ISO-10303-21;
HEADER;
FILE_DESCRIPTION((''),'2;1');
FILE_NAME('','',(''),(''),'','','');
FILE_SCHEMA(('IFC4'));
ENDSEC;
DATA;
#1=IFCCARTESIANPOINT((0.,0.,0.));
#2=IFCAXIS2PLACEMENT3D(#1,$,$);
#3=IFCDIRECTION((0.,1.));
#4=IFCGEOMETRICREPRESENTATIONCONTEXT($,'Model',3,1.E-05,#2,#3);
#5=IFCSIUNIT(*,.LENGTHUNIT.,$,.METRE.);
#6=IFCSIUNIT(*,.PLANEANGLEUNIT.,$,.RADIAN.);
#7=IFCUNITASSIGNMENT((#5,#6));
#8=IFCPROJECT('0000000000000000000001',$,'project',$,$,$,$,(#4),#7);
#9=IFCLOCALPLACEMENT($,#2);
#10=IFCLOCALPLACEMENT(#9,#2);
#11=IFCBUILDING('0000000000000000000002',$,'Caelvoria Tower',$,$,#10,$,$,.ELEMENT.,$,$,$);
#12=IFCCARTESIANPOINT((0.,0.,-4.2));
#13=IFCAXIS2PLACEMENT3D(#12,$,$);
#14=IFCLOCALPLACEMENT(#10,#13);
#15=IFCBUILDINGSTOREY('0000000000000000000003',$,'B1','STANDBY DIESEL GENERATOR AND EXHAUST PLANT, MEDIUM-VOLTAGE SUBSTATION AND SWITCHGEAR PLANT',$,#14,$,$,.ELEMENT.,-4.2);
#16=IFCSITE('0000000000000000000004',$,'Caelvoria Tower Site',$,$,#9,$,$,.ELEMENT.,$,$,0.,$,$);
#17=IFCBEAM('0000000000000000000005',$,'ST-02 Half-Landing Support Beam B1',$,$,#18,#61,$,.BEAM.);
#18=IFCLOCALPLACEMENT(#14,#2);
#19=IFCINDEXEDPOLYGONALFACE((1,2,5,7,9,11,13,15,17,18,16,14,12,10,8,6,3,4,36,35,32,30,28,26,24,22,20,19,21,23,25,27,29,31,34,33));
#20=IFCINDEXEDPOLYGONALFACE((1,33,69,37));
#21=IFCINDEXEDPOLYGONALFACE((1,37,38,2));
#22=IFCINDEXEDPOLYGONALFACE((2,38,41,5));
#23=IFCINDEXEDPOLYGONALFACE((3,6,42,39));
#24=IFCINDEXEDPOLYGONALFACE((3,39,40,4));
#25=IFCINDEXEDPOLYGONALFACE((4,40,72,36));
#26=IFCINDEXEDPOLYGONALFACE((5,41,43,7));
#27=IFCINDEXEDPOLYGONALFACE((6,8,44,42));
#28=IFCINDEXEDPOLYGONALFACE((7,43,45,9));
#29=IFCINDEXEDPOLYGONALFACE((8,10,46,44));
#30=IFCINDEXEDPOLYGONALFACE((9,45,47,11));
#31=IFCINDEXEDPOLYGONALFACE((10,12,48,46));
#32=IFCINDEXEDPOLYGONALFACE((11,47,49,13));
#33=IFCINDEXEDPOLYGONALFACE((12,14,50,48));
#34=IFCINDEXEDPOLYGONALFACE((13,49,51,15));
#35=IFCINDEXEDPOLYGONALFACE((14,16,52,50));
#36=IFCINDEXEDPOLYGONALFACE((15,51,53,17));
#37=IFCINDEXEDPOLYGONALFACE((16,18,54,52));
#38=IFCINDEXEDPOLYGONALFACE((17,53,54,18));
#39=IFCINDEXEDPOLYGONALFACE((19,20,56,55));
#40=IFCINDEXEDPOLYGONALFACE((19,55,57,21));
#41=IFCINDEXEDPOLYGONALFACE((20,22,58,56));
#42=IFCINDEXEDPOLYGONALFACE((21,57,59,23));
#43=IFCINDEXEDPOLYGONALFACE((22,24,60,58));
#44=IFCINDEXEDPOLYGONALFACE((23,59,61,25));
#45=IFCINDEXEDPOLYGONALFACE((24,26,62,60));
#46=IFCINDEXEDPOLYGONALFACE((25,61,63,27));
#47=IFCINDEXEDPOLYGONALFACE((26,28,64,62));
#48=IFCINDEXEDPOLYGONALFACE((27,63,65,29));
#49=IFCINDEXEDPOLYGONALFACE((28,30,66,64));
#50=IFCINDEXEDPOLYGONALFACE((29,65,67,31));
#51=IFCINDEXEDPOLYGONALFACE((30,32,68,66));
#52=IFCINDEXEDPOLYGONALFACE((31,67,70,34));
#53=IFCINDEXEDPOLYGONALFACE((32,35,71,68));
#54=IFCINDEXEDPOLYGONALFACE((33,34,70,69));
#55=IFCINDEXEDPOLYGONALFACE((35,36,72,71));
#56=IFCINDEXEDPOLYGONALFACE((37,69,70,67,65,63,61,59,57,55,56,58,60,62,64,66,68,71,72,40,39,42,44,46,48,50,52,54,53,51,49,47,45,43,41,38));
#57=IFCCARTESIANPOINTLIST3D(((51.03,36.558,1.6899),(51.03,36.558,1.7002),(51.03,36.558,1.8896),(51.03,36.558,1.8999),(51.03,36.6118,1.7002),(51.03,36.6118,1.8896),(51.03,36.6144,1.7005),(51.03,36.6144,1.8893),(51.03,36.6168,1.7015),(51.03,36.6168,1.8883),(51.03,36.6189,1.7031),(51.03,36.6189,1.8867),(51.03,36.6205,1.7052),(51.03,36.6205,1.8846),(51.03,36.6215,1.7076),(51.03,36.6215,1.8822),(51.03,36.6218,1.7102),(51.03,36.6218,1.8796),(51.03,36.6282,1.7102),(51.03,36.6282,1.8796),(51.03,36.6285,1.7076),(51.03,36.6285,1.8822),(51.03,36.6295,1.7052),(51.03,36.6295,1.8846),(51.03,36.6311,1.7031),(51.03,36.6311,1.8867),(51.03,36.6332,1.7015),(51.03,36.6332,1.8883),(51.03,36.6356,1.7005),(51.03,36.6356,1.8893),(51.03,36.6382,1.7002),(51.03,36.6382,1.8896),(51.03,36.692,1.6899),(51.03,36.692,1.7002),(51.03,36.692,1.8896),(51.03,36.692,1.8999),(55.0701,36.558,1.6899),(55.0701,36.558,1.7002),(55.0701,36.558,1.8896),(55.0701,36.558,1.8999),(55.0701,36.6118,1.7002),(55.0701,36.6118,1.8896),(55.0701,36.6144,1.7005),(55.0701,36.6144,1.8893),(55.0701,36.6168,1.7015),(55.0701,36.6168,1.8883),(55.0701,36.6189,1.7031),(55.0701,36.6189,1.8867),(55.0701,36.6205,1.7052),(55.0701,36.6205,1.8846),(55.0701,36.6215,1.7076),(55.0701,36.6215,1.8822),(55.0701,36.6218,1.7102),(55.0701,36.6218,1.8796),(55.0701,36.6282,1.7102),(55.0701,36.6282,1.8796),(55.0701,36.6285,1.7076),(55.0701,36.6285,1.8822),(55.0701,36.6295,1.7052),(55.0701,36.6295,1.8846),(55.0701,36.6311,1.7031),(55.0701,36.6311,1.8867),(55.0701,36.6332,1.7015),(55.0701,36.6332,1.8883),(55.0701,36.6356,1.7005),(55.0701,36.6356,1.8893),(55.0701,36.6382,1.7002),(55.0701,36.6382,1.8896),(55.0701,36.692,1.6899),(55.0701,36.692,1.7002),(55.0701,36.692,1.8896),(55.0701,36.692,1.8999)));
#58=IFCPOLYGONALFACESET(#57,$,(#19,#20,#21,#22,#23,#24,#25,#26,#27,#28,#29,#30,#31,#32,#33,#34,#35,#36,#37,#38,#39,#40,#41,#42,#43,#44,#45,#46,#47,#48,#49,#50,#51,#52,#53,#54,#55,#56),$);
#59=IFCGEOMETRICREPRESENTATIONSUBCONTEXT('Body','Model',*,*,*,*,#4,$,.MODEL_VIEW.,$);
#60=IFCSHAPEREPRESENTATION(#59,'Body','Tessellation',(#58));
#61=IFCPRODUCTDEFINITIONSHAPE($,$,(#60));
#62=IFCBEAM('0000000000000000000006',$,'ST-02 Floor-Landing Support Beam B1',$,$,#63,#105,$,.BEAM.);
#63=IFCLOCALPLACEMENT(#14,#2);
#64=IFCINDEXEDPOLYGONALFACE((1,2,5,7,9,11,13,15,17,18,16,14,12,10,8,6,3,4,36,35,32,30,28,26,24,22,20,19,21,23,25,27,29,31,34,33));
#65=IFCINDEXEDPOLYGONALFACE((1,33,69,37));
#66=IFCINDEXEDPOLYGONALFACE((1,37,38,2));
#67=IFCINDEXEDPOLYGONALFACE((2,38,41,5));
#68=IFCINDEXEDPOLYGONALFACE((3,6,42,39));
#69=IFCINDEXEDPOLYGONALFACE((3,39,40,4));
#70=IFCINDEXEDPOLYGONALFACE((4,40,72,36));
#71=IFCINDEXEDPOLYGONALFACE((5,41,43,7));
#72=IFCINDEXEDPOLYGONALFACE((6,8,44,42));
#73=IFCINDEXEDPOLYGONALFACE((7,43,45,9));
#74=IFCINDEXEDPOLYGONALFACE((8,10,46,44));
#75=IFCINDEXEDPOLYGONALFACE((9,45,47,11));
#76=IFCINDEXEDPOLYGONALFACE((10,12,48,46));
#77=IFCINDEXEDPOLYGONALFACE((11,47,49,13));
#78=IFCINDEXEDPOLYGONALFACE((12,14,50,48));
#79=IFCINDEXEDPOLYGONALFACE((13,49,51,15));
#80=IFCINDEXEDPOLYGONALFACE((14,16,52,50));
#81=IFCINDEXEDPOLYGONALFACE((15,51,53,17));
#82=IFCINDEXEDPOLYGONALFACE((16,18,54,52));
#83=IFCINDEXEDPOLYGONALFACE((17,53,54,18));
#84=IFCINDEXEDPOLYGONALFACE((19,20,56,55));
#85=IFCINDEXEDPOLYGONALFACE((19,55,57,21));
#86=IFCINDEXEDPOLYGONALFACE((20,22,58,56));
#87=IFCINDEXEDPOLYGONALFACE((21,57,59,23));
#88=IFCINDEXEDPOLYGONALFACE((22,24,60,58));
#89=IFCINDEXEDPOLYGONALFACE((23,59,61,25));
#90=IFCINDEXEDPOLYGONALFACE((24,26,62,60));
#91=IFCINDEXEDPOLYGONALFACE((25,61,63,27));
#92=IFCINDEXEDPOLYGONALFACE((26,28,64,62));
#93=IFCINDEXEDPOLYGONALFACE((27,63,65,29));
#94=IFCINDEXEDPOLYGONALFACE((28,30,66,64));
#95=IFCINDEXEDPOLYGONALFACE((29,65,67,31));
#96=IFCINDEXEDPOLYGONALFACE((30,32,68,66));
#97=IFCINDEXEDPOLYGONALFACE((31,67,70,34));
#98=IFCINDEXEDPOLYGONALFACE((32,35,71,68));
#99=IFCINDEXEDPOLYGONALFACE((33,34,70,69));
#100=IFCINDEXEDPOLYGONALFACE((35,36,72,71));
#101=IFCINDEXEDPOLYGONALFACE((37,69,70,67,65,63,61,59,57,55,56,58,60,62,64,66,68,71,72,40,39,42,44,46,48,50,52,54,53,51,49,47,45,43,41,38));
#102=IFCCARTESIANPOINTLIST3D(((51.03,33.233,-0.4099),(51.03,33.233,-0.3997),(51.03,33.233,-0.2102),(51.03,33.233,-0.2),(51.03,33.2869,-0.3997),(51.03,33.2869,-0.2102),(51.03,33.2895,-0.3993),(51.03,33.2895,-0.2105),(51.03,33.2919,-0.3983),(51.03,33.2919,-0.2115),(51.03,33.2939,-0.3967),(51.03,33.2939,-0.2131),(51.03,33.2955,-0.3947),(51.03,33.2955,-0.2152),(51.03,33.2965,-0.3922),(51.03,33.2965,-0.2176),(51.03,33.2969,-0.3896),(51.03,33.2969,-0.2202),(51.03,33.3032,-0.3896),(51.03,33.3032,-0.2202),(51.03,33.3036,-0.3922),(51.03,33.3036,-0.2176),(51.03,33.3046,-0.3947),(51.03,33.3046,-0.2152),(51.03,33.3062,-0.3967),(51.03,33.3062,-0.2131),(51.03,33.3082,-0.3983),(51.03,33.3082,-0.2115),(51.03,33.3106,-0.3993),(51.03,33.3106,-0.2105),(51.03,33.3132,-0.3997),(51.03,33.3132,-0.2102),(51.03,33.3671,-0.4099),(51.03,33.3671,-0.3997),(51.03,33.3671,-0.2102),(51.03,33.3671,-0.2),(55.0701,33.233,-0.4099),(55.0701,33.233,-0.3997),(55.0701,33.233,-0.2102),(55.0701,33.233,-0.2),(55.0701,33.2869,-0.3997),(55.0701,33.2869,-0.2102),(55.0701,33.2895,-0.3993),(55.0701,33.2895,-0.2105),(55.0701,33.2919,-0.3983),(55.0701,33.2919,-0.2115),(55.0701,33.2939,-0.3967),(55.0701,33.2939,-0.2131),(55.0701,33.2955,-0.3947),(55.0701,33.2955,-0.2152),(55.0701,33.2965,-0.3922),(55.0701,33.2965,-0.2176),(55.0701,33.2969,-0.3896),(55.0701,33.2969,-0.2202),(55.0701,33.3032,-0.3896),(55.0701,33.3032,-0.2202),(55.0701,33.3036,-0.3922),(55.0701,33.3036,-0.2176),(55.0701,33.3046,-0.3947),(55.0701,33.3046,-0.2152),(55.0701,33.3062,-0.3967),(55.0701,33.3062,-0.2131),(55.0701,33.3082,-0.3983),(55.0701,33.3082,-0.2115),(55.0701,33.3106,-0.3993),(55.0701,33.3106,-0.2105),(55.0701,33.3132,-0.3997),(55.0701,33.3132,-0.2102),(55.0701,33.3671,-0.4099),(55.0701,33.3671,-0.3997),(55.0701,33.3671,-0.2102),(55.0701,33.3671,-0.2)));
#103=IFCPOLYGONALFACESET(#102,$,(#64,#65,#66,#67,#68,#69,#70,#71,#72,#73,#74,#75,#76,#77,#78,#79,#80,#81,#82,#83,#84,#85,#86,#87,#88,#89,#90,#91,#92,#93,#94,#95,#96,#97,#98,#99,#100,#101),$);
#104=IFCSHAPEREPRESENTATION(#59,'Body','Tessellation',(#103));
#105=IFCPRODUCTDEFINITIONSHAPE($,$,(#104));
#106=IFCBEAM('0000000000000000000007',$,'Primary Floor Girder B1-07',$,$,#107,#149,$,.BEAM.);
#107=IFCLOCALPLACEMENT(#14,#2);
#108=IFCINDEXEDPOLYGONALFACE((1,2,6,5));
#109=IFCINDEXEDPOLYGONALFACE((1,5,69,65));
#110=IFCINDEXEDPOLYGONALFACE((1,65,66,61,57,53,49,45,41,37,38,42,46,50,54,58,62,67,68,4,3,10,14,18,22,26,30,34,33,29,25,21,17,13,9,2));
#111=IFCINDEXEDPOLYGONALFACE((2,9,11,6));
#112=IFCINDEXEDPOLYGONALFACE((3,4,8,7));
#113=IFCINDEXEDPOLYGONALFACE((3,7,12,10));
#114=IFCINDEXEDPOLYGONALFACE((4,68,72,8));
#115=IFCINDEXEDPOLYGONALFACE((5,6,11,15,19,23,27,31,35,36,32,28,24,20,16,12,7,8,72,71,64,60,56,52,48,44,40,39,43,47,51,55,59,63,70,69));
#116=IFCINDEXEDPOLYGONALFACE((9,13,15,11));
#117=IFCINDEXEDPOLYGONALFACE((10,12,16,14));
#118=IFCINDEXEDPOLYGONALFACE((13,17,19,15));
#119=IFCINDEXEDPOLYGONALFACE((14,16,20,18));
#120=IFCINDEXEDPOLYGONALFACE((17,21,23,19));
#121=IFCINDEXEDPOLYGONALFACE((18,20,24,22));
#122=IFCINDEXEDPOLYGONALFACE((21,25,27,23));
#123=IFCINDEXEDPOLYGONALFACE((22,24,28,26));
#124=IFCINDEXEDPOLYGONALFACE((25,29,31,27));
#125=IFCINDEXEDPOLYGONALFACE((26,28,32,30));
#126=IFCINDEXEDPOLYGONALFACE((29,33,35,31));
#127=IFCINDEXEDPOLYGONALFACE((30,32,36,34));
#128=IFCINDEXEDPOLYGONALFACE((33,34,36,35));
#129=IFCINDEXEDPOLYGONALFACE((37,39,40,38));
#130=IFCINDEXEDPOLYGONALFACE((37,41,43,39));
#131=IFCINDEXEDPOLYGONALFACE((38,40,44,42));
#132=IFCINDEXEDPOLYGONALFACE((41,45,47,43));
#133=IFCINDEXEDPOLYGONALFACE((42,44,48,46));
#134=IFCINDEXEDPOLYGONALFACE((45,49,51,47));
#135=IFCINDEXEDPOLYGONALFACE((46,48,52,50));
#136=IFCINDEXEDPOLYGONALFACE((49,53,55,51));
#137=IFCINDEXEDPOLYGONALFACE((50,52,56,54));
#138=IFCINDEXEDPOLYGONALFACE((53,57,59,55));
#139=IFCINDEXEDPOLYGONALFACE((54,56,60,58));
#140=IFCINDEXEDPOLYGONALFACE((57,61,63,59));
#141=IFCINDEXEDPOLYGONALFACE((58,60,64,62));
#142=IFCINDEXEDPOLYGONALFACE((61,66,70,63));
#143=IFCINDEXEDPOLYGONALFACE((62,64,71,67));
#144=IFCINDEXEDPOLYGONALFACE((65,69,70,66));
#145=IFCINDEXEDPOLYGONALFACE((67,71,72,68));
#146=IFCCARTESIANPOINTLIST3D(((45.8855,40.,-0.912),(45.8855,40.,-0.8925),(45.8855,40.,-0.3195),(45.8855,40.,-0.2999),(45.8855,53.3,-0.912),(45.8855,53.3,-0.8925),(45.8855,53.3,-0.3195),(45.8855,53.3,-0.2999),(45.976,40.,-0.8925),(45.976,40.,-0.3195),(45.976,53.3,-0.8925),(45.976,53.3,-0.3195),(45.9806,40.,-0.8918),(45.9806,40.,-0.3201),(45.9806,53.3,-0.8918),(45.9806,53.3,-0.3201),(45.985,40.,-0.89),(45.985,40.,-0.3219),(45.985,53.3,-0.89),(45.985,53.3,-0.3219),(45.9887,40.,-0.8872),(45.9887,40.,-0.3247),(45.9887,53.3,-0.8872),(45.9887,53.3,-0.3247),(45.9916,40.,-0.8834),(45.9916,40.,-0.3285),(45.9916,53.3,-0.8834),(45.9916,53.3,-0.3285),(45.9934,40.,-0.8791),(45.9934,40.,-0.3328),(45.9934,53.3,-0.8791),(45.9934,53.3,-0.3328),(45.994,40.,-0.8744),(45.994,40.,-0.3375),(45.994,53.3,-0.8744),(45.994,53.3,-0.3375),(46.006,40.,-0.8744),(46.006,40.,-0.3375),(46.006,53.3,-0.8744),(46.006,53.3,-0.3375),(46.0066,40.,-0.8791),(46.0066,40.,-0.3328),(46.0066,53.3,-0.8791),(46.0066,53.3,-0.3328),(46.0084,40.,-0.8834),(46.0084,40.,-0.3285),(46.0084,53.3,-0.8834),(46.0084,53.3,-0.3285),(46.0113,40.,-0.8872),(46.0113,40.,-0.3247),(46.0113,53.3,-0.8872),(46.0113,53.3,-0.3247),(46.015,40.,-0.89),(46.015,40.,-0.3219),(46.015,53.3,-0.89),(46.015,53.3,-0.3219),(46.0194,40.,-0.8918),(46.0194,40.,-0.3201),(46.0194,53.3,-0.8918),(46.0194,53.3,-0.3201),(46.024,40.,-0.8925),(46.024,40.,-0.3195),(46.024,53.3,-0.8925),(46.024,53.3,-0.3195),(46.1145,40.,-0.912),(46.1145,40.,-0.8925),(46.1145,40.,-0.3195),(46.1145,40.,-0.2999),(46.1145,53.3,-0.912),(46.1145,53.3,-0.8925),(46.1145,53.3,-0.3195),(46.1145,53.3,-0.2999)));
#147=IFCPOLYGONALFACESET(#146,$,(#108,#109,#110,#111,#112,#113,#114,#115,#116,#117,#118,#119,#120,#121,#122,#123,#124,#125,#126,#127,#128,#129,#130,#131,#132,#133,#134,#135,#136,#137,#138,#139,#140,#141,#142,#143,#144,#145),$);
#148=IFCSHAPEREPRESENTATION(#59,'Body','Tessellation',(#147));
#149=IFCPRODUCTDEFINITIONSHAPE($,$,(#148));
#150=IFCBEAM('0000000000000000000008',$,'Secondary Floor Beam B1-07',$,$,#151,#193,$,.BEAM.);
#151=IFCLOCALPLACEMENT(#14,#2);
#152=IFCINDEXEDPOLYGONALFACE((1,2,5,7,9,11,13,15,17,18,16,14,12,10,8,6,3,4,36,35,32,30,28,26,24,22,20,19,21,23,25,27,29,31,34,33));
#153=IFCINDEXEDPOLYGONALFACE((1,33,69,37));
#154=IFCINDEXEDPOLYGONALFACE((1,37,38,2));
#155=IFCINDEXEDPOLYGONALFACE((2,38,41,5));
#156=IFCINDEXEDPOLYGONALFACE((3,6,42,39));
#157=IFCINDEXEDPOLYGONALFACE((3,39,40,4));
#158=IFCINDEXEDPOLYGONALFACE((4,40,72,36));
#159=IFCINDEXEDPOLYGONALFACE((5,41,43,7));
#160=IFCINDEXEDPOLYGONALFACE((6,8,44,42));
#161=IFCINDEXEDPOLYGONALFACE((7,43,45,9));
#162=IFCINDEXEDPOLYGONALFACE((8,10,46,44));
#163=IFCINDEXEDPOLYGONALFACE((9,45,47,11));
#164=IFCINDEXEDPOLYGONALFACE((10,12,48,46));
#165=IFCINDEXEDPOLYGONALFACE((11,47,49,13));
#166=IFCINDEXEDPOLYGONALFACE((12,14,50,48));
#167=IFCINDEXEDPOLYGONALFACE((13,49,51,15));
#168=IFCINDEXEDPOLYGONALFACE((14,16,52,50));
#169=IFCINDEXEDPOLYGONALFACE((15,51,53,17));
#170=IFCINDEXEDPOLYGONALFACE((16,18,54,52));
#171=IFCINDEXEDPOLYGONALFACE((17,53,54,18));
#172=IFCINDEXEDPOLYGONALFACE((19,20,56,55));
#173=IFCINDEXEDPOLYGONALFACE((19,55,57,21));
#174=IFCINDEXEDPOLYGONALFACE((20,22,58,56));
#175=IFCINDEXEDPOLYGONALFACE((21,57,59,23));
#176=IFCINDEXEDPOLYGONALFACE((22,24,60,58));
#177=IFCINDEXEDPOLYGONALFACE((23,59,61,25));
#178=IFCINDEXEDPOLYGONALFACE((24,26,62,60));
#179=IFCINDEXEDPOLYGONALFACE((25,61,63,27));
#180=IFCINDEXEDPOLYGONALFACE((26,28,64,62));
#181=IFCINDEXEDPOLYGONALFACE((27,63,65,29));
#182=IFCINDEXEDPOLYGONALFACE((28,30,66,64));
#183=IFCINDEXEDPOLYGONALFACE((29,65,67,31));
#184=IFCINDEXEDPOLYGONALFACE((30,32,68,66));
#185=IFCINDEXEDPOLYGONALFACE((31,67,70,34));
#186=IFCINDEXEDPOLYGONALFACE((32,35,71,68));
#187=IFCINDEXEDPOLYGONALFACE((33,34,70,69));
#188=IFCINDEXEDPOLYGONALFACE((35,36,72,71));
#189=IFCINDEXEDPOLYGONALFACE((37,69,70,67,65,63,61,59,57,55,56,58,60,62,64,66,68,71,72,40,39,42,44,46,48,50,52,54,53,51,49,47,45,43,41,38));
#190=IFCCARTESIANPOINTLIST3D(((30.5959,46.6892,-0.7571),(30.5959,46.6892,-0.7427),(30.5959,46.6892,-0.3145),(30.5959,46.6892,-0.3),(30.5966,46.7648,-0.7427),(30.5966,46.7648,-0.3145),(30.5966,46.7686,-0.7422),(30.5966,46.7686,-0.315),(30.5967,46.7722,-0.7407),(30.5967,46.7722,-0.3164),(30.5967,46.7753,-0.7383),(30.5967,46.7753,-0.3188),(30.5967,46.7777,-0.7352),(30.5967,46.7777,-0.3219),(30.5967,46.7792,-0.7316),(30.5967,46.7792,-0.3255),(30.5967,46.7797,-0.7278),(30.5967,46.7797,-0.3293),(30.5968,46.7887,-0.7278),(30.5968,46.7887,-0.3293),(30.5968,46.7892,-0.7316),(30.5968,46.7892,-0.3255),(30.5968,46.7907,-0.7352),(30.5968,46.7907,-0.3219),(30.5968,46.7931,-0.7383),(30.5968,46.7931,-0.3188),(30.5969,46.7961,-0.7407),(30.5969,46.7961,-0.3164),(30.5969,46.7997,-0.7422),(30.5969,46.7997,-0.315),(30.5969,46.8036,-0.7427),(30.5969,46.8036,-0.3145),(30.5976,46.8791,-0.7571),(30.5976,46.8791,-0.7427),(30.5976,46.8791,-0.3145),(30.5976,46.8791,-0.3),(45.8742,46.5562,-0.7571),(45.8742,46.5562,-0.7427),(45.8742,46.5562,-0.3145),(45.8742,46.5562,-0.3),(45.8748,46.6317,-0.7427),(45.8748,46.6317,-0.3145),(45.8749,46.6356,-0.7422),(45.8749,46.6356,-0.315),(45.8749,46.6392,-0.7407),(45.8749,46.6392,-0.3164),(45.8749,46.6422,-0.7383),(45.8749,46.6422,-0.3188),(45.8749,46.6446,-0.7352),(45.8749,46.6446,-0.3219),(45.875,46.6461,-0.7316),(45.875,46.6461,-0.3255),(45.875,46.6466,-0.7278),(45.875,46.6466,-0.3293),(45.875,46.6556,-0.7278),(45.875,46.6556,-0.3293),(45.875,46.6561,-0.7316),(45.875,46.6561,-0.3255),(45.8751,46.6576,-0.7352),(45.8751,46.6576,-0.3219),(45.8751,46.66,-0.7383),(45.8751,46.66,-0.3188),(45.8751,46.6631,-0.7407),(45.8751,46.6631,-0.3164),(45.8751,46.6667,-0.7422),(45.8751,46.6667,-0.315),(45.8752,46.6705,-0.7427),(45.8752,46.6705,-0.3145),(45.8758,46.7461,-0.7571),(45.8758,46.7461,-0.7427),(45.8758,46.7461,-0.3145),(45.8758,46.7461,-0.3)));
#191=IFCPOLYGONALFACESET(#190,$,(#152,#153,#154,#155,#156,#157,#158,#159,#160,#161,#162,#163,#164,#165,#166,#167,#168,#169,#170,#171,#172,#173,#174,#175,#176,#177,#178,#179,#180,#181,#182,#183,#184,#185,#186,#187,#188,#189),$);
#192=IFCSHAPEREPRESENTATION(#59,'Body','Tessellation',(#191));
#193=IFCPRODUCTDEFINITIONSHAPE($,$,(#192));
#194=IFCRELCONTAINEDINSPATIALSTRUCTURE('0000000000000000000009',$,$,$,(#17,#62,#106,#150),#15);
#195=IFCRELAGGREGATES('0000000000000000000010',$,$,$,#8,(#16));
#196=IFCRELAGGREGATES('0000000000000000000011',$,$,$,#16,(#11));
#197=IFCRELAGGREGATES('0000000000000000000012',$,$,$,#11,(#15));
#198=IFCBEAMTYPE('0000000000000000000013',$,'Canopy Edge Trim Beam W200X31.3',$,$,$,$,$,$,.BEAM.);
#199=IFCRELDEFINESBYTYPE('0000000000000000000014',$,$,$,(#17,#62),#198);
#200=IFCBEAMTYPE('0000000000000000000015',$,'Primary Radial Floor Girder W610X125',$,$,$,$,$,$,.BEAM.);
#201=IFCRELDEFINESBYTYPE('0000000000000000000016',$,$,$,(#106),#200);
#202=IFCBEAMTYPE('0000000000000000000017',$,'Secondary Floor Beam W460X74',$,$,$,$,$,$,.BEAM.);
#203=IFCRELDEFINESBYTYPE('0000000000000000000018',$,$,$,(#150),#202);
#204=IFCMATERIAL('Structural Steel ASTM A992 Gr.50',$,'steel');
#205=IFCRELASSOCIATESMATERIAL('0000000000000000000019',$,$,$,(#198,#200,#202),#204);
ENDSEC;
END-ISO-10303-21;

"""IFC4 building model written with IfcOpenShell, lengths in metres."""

from ifc_helpers import new_model, si_unit, direction, frame, origin, origin_2d, place, context, subcontext, project, spatial, i_section, extrude, material, material_profile, profile_set, type_object, element, save


model = new_model("IFC4")

# Units and contexts
model_context = context("Model", 3, precision=1e-05, world=origin(), true_north=direction((0.0, 1.0)))
body_context = subcontext(model_context, "Body", "Model", "MODEL_VIEW")
ifc_project = project(units=[si_unit("LENGTHUNIT", "METRE"), si_unit("PLANEANGLEUNIT", "RADIAN")], contexts=[model_context])

# Site, building, storey
site_placement = place(None, origin())
site = spatial("IfcSite", under=ifc_project, at=site_placement, Name="Caelvoria Tower Site", CompositionType="ELEMENT", RefElevation=0.0)
building_placement = place(site_placement, origin())
building = spatial("IfcBuilding", under=site, at=building_placement, Name="Caelvoria Tower", CompositionType="ELEMENT")
storey_placement = place(building_placement, frame((0.0, 0.0, -4.2)))
storey = spatial("IfcBuildingStorey", under=building, at=storey_placement, Name="B1", Description="STANDBY DIESEL GENERATOR AND EXHAUST PLANT, MEDIUM-VOLTAGE SUBSTATION AND SWITCHGEAR PLANT", CompositionType="ELEMENT", Elevation=-4.2)

# Beams
ifc_material_1 = material(Name="Structural Steel ASTM A992 Gr.50", Category="steel")
ifc_material_profile_1 = material_profile(ifc_material_1, i_section(OverallWidth=0.134, OverallDepth=0.21, WebThickness=0.0063, FlangeThickness=0.0103, FilletRadius=0.01, at=origin_2d()), Name="Structural Steel ASTM A992 Gr.50")
ifc_profile_set_1 = profile_set([ifc_material_profile_1], Name="W200X31.3 - Structural Steel ASTM A992 Gr.50")
beam_type_1 = type_object("IfcBeamType", Name="Canopy Edge Trim Beam W200X31.3", PredefinedType="BEAM", material=ifc_profile_set_1)
for number, where, z_axis, x_axis, name in (
    (1, (51.03, 36.625, 1.7949), (1.0, 0.0, 0.0), (0.0, 1.0, 0.0), "ST-02 Half-Landing Support Beam B1"),
    (2, (51.03, 33.3, -0.3049), (1.0, 0.0, 0.0), (0.0, 1.0, 0.0), "ST-02 Floor-Landing Support Beam B1"),
):
    element("IfcBeam", number, at=place(storey_placement, frame(where, z_axis=z_axis, x_axis=x_axis)), inside=storey, type_object=beam_type_1, Name=name, PredefinedType="BEAM", context=body_context, shape_type="SweptSolid", body=[
        extrude(i_section(OverallWidth=0.134, OverallDepth=0.21, WebThickness=0.0063, FlangeThickness=0.0103, FilletRadius=0.01, at=origin_2d()), origin(), (0.0, 0.0, 1.0), 4.04),
    ])
ifc_material_profile_2 = material_profile(ifc_material_1, i_section(OverallWidth=0.229, OverallDepth=0.6121, WebThickness=0.012, FlangeThickness=0.0195, FilletRadius=0.0181, at=origin_2d()), Name="Structural Steel ASTM A992 Gr.50")
ifc_profile_set_2 = profile_set([ifc_material_profile_2], Name="W610X125 - Structural Steel ASTM A992 Gr.50")
beam_type_2 = type_object("IfcBeamType", Name="Primary Radial Floor Girder W610X125", PredefinedType="BEAM", material=ifc_profile_set_2)
beam_1_placement = place(storey_placement, frame((46.0, 40.0, -0.606), z_axis=(0.0, 1.0, 0.0), x_axis=(-1.0, 0.0, 0.0)))
element("IfcBeam", 3, at=beam_1_placement, inside=storey, type_object=beam_type_2, Name="Primary Floor Girder B1-07", PredefinedType="BEAM", context=body_context, shape_type="SweptSolid", body=[
    extrude(i_section(OverallWidth=0.229, OverallDepth=0.6121, WebThickness=0.012, FlangeThickness=0.0195, FilletRadius=0.0181, at=origin_2d()), origin(), (0.0, 0.0, 1.0), 13.3),
])
ifc_material_profile_3 = material_profile(ifc_material_1, i_section(OverallWidth=0.1899, OverallDepth=0.457, WebThickness=0.009, FlangeThickness=0.0144, FilletRadius=0.0149, at=origin_2d()), Name="Structural Steel ASTM A992 Gr.50")
ifc_profile_set_3 = profile_set([ifc_material_profile_3], Name="W460X74 - Structural Steel ASTM A992 Gr.50")
beam_type_3 = type_object("IfcBeamType", Name="Secondary Floor Beam W460X74", PredefinedType="BEAM", material=ifc_profile_set_3)
beam_2_placement = place(storey_placement, frame((45.875, 46.6511, -0.5286), z_axis=(-0.999962, 0.008709, 0.0), x_axis=(-0.008709, -0.999962, 0.0)))
element("IfcBeam", 4, at=beam_2_placement, inside=storey, type_object=beam_type_3, Name="Secondary Floor Beam B1-07", PredefinedType="BEAM", context=body_context, shape_type="SweptSolid", body=[
    extrude(i_section(OverallWidth=0.1899, OverallDepth=0.457, WebThickness=0.009, FlangeThickness=0.0144, FilletRadius=0.0149, at=origin_2d()), origin(), (0.0, 0.0, 1.0), 15.2788),
])

save(model, "model.ifc")
